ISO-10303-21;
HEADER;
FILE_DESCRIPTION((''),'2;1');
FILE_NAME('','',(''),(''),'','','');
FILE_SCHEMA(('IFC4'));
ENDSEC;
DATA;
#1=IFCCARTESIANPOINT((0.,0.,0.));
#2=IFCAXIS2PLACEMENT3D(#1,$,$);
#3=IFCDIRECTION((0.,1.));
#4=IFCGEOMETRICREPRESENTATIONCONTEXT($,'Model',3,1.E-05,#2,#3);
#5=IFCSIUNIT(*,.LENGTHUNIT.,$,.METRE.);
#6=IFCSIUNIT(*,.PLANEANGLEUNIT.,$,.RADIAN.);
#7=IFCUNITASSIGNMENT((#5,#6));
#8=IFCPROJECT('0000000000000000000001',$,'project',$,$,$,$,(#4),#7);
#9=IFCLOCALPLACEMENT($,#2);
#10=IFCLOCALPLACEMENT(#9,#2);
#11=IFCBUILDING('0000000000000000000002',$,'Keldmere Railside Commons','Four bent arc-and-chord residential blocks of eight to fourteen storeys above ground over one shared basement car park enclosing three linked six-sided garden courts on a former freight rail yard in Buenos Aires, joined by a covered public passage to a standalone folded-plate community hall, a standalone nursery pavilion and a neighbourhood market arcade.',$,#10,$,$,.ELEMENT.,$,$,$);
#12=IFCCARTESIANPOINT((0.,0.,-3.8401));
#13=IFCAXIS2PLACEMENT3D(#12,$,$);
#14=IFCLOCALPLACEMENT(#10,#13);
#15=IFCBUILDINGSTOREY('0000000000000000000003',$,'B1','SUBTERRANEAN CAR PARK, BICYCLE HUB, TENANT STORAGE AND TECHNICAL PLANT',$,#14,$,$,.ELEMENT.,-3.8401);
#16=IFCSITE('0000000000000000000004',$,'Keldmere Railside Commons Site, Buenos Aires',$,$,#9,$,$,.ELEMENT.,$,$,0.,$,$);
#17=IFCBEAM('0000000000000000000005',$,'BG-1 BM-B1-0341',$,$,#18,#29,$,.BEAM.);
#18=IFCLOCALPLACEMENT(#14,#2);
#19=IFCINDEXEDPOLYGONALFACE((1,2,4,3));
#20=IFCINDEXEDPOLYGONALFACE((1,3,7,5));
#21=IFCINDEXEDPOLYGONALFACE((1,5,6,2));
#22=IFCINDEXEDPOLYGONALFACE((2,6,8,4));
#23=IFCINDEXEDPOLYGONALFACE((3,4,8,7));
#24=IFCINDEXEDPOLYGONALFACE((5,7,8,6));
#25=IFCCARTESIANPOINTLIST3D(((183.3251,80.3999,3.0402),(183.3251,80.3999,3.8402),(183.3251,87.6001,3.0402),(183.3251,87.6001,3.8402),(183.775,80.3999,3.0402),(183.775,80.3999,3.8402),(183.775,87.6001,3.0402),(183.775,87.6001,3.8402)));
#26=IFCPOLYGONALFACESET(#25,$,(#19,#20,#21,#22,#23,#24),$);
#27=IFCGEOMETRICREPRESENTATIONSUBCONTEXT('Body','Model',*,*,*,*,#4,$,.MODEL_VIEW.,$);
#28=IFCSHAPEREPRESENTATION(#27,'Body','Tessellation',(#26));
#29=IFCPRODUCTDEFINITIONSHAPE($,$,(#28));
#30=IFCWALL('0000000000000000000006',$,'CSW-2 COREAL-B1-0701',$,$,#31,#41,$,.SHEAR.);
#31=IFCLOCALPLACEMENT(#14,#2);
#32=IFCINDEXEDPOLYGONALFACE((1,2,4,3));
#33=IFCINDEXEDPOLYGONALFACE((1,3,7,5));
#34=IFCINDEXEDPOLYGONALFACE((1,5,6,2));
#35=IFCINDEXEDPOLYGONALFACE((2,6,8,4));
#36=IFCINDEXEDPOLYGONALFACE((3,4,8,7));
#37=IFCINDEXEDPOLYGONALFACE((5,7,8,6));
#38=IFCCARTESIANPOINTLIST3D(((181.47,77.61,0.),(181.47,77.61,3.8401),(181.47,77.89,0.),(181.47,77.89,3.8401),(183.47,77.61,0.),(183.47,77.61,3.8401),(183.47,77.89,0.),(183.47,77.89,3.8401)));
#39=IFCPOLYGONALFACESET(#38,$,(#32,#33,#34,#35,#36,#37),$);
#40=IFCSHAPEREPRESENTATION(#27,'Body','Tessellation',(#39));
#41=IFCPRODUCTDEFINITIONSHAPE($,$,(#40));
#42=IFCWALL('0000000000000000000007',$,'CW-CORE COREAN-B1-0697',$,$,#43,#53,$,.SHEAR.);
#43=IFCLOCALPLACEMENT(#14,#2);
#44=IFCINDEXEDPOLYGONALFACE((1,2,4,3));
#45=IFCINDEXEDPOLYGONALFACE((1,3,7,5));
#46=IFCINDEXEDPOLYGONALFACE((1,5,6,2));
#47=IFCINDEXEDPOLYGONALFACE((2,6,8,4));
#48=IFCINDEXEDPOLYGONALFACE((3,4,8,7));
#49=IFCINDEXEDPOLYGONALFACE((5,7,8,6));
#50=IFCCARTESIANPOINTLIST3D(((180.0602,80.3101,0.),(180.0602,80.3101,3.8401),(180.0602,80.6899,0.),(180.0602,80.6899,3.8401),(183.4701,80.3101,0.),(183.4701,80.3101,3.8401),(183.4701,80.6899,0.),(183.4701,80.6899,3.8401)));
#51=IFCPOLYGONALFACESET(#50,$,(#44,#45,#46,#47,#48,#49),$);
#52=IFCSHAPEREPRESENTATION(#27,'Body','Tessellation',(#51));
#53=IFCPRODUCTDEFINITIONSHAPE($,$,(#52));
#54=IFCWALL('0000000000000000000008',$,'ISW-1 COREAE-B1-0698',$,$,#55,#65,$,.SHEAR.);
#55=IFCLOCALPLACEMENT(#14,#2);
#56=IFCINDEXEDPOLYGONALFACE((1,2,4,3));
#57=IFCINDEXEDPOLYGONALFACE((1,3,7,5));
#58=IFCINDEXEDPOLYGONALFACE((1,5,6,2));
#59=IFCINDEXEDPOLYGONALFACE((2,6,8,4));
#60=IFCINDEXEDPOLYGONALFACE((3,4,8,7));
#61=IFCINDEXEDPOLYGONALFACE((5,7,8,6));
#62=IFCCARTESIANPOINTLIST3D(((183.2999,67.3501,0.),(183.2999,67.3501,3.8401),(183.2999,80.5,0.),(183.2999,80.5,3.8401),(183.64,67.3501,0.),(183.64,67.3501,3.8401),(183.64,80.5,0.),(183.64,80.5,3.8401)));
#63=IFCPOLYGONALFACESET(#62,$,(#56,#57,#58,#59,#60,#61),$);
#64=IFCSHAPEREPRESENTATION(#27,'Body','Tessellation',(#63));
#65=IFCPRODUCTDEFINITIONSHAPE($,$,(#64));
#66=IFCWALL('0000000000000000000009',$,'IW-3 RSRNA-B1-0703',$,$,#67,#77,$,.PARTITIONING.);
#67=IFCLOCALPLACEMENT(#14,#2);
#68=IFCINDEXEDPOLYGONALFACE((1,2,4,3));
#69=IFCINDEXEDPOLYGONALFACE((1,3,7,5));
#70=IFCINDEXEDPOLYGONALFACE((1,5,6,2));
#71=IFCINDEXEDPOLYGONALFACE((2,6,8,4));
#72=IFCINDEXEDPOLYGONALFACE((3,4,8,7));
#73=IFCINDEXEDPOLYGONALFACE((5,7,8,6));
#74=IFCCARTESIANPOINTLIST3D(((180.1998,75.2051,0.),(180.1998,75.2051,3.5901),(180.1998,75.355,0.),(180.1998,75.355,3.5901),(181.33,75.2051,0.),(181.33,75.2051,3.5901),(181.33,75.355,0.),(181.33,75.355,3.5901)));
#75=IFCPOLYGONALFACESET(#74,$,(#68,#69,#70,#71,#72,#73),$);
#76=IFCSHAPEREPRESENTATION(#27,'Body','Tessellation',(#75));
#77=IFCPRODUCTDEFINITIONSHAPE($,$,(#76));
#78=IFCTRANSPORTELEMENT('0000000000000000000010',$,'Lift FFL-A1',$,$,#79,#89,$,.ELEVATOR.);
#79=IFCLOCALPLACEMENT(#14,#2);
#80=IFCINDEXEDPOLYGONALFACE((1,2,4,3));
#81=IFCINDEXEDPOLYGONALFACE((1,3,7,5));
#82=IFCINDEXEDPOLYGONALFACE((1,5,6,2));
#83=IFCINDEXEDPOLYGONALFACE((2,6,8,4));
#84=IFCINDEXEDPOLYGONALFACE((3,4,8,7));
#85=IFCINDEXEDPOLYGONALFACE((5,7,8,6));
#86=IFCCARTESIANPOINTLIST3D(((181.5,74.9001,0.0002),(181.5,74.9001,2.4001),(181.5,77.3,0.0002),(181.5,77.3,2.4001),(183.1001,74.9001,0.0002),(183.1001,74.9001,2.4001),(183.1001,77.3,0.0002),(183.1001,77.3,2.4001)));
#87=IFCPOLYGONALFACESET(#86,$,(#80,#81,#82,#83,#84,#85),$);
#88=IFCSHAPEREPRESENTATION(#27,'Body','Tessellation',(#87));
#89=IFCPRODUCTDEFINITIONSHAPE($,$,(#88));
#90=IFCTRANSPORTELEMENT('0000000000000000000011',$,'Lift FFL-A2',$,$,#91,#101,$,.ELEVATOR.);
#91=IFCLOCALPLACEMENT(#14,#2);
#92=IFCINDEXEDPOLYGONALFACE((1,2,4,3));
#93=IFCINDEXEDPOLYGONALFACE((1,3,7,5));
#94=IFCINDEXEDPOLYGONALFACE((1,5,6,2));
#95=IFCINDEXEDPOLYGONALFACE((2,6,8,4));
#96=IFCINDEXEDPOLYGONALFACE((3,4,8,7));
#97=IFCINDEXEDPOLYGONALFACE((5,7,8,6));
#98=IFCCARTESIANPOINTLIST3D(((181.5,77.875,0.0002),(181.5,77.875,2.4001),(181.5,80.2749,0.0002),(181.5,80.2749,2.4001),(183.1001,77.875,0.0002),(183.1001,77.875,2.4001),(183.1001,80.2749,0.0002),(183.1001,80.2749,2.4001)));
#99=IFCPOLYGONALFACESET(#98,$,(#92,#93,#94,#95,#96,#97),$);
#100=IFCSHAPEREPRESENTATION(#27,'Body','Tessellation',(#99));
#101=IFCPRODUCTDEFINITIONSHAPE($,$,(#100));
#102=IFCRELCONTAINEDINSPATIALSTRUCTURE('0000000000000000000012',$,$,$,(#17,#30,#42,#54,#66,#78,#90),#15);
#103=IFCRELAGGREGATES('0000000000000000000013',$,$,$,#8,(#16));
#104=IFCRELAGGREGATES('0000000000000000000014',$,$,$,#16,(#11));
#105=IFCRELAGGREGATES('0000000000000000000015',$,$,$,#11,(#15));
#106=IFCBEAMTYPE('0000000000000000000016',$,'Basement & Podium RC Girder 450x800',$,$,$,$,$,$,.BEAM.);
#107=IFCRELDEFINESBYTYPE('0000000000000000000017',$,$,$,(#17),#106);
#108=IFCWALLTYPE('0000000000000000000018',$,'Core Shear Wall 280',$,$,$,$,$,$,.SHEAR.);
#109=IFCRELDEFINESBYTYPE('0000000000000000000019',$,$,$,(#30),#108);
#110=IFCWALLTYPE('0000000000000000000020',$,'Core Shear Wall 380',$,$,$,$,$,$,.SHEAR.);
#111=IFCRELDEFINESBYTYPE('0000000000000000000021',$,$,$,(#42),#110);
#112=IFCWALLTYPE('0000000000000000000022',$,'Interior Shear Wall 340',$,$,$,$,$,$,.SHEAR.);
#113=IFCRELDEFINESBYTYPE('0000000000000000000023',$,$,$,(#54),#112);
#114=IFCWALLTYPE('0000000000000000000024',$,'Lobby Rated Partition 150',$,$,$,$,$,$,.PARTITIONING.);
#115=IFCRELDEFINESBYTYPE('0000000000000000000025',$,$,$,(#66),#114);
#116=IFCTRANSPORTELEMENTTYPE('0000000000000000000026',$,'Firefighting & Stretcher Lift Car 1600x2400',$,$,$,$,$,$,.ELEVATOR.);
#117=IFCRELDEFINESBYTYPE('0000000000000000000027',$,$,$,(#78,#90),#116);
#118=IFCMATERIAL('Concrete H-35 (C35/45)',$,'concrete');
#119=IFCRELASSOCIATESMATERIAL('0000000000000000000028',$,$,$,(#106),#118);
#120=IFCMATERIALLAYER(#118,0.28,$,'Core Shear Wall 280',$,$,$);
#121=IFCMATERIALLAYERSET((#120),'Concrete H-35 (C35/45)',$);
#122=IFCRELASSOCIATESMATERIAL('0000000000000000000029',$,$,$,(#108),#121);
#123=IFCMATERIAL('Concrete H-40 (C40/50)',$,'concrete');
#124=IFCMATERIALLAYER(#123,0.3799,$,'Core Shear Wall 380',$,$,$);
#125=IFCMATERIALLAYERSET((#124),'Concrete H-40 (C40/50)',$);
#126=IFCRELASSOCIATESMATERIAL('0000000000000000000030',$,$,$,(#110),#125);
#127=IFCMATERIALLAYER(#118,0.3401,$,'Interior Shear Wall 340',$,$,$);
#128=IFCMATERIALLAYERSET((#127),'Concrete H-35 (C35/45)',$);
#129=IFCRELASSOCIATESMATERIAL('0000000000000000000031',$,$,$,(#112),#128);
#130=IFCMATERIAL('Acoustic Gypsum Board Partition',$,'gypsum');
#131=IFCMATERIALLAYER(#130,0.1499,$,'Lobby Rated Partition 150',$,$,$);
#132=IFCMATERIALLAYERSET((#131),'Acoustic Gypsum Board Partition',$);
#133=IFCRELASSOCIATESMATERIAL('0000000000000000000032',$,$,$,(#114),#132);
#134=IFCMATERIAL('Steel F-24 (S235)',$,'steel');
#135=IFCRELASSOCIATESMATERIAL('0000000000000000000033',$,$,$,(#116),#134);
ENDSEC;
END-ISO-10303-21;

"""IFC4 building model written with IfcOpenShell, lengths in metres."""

from ifc_helpers import new_model, si_unit, direction, frame, frame_2d, origin, origin_2d, place, context, subcontext, project, spatial, rectangle, extrude, material, layer, layer_set, material_profile, profile_set, type_object, element, save


model = new_model("IFC4")

# Units and contexts
model_context = context("Model", 3, precision=1e-05, world=origin(), true_north=direction((0.0, 1.0)))
body_context = subcontext(model_context, "Body", "Model", "MODEL_VIEW")
ifc_project = project(units=[si_unit("LENGTHUNIT", "METRE"), si_unit("PLANEANGLEUNIT", "RADIAN")], contexts=[model_context])

# Site, building, storey
site_placement = place(None, origin())
site = spatial("IfcSite", under=ifc_project, at=site_placement, Name="Keldmere Railside Commons Site, Buenos Aires", CompositionType="ELEMENT", RefElevation=0.0)
building_placement = place(site_placement, origin())
building = spatial("IfcBuilding", under=site, at=building_placement, Name="Keldmere Railside Commons", Description="Four bent arc-and-chord residential blocks of eight to fourteen storeys above ground over one shared basement car park enclosing three linked six-sided garden courts on a former freight rail yard in Buenos Aires, joined by a covered public passage to a standalone folded-plate community hall, a standalone nursery pavilion and a neighbourhood market arcade.", CompositionType="ELEMENT")
storey_placement = place(building_placement, frame((0.0, 0.0, -3.8401)))
storey = spatial("IfcBuildingStorey", under=building, at=storey_placement, Name="B1", Description="SUBTERRANEAN CAR PARK, BICYCLE HUB, TENANT STORAGE AND TECHNICAL PLANT", CompositionType="ELEMENT", Elevation=-3.8401)

# Shared definitions
ifc_material_1 = material(Name="Concrete H-40 (C40/50)", Category="concrete")

# Beam
ifc_material_2 = material(Name="Concrete H-35 (C35/45)", Category="concrete")
ifc_material_profile_1 = material_profile(ifc_material_2, rectangle(XDim=0.45, YDim=0.8, at=origin_2d()), Name="RC-450x800")
ifc_profile_set_1 = profile_set([ifc_material_profile_1], Name="Concrete H-35 (C35/45)")
beam_type = type_object("IfcBeamType", Name="Basement & Podium RC Girder 450x800", PredefinedType="BEAM", material=ifc_profile_set_1)
beam_placement = place(storey_placement, frame((183.55, 80.3999, 3.4402), z_axis=(0.0, 1.0, 0.0), x_axis=(-1.0, 0.0, 0.0)))
element("IfcBeam", 1, at=beam_placement, inside=storey, type_object=beam_type, Name="BG-1 BM-B1-0341", PredefinedType="BEAM", context=body_context, shape_type="SweptSolid", body=[
    extrude(rectangle(XDim=0.45, YDim=0.8, at=origin_2d()), origin(), (0.0, 0.0, 1.0), 7.2002),
])

# Wall
ifc_layer_1 = layer(ifc_material_2, 0.28, Name="Core Shear Wall 280")
ifc_layer_set_1 = layer_set([ifc_layer_1], Name="Concrete H-35 (C35/45)")
wall_type_1 = type_object("IfcWallType", Name="Core Shear Wall 280", PredefinedType="SHEAR", material=ifc_layer_set_1)
wall_1_placement = place(storey_placement, frame((181.47, 77.75, 0.0), z_axis=(0.0, 0.0, 1.0), x_axis=(1.0, 0.0, 0.0)))
element("IfcWall", 2, at=wall_1_placement, inside=storey, type_object=wall_type_1, Name="CSW-2 COREAL-B1-0701", PredefinedType="SHEAR", context=body_context, shape_type="SweptSolid", body=[
    extrude(rectangle(XDim=2.0, YDim=0.28, at=frame_2d((1.0, 0.0))), origin(), (0.0, 0.0, 1.0), 3.8401),
])

# Shared definitions
ifc_material_3 = material(Name="Steel F-24 (S235)", Category="steel")

# Walls
ifc_layer_2 = layer(ifc_material_1, 0.3799, Name="Core Shear Wall 380")
ifc_layer_set_2 = layer_set([ifc_layer_2], Name="Concrete H-40 (C40/50)")
wall_type_2 = type_object("IfcWallType", Name="Core Shear Wall 380", PredefinedType="SHEAR", material=ifc_layer_set_2)
wall_2_placement = place(storey_placement, frame((180.0601, 80.5, 0.0), z_axis=(0.0, 0.0, 1.0), x_axis=(1.0, 0.0, 0.0)))
element("IfcWall", 3, at=wall_2_placement, inside=storey, type_object=wall_type_2, Name="CW-CORE COREAN-B1-0697", PredefinedType="SHEAR", context=body_context, shape_type="SweptSolid", body=[
    extrude(rectangle(XDim=3.4099, YDim=0.3799, at=frame_2d((1.7051, 0.0))), origin(), (0.0, 0.0, 1.0), 3.8401),
])
ifc_layer_3 = layer(ifc_material_2, 0.3401, Name="Interior Shear Wall 340")
ifc_layer_set_3 = layer_set([ifc_layer_3], Name="Concrete H-35 (C35/45)")
wall_type_3 = type_object("IfcWallType", Name="Interior Shear Wall 340", PredefinedType="SHEAR", material=ifc_layer_set_3)
wall_3_placement = place(storey_placement, frame((183.47, 80.5, 0.0), z_axis=(0.0, 0.0, 1.0), x_axis=(0.0, -1.0, 0.0)))
element("IfcWall", 4, at=wall_3_placement, inside=storey, type_object=wall_type_3, Name="ISW-1 COREAE-B1-0698", PredefinedType="SHEAR", context=body_context, shape_type="SweptSolid", body=[
    extrude(rectangle(XDim=13.1499, YDim=0.3401, at=frame_2d((6.575, 0.0))), origin(), (0.0, 0.0, 1.0), 3.8401),
])
ifc_material_4 = material(Name="Acoustic Gypsum Board Partition", Category="gypsum")
ifc_layer_4 = layer(ifc_material_4, 0.1499, Name="Lobby Rated Partition 150")
ifc_layer_set_4 = layer_set([ifc_layer_4], Name="Acoustic Gypsum Board Partition")
wall_type_4 = type_object("IfcWallType", Name="Lobby Rated Partition 150", PredefinedType="PARTITIONING", material=ifc_layer_set_4)
wall_4_placement = place(storey_placement, frame((180.2, 75.28, 0.0), z_axis=(0.0, 0.0, 1.0), x_axis=(1.0, 0.0, 0.0)))
element("IfcWall", 5, at=wall_4_placement, inside=storey, type_object=wall_type_4, Name="IW-3 RSRNA-B1-0703", PredefinedType="PARTITIONING", context=body_context, shape_type="SweptSolid", body=[
    extrude(rectangle(XDim=1.1301, YDim=0.1499, at=frame_2d((0.5649, 0.0))), origin(), (0.0, 0.0, 1.0), 3.5901),
])

# Transport elements
transport_element_type = type_object("IfcTransportElementType", Name="Firefighting & Stretcher Lift Car 1600x2400", PredefinedType="ELEVATOR", material=ifc_material_3)
for number, where, z_axis, x_axis, name in (
    (6, (182.3, 76.1001, 0.0002), (0.0, 0.0, 1.0), (1.0, 0.0, 0.0), "Lift FFL-A1"),
    (7, (182.3, 79.075, 0.0002), (0.0, 0.0, 1.0), (1.0, 0.0, 0.0), "Lift FFL-A2"),
):
    element("IfcTransportElement", number, at=place(storey_placement, frame(where, z_axis=z_axis, x_axis=x_axis)), inside=storey, type_object=transport_element_type, Name=name, PredefinedType="ELEVATOR", context=body_context, shape_type="SweptSolid", body=[
        extrude(rectangle(XDim=1.6001, YDim=2.3999, at=origin_2d()), origin(), (0.0, 0.0, 1.0), 2.3999),
    ])

save(model, "model.ifc")
